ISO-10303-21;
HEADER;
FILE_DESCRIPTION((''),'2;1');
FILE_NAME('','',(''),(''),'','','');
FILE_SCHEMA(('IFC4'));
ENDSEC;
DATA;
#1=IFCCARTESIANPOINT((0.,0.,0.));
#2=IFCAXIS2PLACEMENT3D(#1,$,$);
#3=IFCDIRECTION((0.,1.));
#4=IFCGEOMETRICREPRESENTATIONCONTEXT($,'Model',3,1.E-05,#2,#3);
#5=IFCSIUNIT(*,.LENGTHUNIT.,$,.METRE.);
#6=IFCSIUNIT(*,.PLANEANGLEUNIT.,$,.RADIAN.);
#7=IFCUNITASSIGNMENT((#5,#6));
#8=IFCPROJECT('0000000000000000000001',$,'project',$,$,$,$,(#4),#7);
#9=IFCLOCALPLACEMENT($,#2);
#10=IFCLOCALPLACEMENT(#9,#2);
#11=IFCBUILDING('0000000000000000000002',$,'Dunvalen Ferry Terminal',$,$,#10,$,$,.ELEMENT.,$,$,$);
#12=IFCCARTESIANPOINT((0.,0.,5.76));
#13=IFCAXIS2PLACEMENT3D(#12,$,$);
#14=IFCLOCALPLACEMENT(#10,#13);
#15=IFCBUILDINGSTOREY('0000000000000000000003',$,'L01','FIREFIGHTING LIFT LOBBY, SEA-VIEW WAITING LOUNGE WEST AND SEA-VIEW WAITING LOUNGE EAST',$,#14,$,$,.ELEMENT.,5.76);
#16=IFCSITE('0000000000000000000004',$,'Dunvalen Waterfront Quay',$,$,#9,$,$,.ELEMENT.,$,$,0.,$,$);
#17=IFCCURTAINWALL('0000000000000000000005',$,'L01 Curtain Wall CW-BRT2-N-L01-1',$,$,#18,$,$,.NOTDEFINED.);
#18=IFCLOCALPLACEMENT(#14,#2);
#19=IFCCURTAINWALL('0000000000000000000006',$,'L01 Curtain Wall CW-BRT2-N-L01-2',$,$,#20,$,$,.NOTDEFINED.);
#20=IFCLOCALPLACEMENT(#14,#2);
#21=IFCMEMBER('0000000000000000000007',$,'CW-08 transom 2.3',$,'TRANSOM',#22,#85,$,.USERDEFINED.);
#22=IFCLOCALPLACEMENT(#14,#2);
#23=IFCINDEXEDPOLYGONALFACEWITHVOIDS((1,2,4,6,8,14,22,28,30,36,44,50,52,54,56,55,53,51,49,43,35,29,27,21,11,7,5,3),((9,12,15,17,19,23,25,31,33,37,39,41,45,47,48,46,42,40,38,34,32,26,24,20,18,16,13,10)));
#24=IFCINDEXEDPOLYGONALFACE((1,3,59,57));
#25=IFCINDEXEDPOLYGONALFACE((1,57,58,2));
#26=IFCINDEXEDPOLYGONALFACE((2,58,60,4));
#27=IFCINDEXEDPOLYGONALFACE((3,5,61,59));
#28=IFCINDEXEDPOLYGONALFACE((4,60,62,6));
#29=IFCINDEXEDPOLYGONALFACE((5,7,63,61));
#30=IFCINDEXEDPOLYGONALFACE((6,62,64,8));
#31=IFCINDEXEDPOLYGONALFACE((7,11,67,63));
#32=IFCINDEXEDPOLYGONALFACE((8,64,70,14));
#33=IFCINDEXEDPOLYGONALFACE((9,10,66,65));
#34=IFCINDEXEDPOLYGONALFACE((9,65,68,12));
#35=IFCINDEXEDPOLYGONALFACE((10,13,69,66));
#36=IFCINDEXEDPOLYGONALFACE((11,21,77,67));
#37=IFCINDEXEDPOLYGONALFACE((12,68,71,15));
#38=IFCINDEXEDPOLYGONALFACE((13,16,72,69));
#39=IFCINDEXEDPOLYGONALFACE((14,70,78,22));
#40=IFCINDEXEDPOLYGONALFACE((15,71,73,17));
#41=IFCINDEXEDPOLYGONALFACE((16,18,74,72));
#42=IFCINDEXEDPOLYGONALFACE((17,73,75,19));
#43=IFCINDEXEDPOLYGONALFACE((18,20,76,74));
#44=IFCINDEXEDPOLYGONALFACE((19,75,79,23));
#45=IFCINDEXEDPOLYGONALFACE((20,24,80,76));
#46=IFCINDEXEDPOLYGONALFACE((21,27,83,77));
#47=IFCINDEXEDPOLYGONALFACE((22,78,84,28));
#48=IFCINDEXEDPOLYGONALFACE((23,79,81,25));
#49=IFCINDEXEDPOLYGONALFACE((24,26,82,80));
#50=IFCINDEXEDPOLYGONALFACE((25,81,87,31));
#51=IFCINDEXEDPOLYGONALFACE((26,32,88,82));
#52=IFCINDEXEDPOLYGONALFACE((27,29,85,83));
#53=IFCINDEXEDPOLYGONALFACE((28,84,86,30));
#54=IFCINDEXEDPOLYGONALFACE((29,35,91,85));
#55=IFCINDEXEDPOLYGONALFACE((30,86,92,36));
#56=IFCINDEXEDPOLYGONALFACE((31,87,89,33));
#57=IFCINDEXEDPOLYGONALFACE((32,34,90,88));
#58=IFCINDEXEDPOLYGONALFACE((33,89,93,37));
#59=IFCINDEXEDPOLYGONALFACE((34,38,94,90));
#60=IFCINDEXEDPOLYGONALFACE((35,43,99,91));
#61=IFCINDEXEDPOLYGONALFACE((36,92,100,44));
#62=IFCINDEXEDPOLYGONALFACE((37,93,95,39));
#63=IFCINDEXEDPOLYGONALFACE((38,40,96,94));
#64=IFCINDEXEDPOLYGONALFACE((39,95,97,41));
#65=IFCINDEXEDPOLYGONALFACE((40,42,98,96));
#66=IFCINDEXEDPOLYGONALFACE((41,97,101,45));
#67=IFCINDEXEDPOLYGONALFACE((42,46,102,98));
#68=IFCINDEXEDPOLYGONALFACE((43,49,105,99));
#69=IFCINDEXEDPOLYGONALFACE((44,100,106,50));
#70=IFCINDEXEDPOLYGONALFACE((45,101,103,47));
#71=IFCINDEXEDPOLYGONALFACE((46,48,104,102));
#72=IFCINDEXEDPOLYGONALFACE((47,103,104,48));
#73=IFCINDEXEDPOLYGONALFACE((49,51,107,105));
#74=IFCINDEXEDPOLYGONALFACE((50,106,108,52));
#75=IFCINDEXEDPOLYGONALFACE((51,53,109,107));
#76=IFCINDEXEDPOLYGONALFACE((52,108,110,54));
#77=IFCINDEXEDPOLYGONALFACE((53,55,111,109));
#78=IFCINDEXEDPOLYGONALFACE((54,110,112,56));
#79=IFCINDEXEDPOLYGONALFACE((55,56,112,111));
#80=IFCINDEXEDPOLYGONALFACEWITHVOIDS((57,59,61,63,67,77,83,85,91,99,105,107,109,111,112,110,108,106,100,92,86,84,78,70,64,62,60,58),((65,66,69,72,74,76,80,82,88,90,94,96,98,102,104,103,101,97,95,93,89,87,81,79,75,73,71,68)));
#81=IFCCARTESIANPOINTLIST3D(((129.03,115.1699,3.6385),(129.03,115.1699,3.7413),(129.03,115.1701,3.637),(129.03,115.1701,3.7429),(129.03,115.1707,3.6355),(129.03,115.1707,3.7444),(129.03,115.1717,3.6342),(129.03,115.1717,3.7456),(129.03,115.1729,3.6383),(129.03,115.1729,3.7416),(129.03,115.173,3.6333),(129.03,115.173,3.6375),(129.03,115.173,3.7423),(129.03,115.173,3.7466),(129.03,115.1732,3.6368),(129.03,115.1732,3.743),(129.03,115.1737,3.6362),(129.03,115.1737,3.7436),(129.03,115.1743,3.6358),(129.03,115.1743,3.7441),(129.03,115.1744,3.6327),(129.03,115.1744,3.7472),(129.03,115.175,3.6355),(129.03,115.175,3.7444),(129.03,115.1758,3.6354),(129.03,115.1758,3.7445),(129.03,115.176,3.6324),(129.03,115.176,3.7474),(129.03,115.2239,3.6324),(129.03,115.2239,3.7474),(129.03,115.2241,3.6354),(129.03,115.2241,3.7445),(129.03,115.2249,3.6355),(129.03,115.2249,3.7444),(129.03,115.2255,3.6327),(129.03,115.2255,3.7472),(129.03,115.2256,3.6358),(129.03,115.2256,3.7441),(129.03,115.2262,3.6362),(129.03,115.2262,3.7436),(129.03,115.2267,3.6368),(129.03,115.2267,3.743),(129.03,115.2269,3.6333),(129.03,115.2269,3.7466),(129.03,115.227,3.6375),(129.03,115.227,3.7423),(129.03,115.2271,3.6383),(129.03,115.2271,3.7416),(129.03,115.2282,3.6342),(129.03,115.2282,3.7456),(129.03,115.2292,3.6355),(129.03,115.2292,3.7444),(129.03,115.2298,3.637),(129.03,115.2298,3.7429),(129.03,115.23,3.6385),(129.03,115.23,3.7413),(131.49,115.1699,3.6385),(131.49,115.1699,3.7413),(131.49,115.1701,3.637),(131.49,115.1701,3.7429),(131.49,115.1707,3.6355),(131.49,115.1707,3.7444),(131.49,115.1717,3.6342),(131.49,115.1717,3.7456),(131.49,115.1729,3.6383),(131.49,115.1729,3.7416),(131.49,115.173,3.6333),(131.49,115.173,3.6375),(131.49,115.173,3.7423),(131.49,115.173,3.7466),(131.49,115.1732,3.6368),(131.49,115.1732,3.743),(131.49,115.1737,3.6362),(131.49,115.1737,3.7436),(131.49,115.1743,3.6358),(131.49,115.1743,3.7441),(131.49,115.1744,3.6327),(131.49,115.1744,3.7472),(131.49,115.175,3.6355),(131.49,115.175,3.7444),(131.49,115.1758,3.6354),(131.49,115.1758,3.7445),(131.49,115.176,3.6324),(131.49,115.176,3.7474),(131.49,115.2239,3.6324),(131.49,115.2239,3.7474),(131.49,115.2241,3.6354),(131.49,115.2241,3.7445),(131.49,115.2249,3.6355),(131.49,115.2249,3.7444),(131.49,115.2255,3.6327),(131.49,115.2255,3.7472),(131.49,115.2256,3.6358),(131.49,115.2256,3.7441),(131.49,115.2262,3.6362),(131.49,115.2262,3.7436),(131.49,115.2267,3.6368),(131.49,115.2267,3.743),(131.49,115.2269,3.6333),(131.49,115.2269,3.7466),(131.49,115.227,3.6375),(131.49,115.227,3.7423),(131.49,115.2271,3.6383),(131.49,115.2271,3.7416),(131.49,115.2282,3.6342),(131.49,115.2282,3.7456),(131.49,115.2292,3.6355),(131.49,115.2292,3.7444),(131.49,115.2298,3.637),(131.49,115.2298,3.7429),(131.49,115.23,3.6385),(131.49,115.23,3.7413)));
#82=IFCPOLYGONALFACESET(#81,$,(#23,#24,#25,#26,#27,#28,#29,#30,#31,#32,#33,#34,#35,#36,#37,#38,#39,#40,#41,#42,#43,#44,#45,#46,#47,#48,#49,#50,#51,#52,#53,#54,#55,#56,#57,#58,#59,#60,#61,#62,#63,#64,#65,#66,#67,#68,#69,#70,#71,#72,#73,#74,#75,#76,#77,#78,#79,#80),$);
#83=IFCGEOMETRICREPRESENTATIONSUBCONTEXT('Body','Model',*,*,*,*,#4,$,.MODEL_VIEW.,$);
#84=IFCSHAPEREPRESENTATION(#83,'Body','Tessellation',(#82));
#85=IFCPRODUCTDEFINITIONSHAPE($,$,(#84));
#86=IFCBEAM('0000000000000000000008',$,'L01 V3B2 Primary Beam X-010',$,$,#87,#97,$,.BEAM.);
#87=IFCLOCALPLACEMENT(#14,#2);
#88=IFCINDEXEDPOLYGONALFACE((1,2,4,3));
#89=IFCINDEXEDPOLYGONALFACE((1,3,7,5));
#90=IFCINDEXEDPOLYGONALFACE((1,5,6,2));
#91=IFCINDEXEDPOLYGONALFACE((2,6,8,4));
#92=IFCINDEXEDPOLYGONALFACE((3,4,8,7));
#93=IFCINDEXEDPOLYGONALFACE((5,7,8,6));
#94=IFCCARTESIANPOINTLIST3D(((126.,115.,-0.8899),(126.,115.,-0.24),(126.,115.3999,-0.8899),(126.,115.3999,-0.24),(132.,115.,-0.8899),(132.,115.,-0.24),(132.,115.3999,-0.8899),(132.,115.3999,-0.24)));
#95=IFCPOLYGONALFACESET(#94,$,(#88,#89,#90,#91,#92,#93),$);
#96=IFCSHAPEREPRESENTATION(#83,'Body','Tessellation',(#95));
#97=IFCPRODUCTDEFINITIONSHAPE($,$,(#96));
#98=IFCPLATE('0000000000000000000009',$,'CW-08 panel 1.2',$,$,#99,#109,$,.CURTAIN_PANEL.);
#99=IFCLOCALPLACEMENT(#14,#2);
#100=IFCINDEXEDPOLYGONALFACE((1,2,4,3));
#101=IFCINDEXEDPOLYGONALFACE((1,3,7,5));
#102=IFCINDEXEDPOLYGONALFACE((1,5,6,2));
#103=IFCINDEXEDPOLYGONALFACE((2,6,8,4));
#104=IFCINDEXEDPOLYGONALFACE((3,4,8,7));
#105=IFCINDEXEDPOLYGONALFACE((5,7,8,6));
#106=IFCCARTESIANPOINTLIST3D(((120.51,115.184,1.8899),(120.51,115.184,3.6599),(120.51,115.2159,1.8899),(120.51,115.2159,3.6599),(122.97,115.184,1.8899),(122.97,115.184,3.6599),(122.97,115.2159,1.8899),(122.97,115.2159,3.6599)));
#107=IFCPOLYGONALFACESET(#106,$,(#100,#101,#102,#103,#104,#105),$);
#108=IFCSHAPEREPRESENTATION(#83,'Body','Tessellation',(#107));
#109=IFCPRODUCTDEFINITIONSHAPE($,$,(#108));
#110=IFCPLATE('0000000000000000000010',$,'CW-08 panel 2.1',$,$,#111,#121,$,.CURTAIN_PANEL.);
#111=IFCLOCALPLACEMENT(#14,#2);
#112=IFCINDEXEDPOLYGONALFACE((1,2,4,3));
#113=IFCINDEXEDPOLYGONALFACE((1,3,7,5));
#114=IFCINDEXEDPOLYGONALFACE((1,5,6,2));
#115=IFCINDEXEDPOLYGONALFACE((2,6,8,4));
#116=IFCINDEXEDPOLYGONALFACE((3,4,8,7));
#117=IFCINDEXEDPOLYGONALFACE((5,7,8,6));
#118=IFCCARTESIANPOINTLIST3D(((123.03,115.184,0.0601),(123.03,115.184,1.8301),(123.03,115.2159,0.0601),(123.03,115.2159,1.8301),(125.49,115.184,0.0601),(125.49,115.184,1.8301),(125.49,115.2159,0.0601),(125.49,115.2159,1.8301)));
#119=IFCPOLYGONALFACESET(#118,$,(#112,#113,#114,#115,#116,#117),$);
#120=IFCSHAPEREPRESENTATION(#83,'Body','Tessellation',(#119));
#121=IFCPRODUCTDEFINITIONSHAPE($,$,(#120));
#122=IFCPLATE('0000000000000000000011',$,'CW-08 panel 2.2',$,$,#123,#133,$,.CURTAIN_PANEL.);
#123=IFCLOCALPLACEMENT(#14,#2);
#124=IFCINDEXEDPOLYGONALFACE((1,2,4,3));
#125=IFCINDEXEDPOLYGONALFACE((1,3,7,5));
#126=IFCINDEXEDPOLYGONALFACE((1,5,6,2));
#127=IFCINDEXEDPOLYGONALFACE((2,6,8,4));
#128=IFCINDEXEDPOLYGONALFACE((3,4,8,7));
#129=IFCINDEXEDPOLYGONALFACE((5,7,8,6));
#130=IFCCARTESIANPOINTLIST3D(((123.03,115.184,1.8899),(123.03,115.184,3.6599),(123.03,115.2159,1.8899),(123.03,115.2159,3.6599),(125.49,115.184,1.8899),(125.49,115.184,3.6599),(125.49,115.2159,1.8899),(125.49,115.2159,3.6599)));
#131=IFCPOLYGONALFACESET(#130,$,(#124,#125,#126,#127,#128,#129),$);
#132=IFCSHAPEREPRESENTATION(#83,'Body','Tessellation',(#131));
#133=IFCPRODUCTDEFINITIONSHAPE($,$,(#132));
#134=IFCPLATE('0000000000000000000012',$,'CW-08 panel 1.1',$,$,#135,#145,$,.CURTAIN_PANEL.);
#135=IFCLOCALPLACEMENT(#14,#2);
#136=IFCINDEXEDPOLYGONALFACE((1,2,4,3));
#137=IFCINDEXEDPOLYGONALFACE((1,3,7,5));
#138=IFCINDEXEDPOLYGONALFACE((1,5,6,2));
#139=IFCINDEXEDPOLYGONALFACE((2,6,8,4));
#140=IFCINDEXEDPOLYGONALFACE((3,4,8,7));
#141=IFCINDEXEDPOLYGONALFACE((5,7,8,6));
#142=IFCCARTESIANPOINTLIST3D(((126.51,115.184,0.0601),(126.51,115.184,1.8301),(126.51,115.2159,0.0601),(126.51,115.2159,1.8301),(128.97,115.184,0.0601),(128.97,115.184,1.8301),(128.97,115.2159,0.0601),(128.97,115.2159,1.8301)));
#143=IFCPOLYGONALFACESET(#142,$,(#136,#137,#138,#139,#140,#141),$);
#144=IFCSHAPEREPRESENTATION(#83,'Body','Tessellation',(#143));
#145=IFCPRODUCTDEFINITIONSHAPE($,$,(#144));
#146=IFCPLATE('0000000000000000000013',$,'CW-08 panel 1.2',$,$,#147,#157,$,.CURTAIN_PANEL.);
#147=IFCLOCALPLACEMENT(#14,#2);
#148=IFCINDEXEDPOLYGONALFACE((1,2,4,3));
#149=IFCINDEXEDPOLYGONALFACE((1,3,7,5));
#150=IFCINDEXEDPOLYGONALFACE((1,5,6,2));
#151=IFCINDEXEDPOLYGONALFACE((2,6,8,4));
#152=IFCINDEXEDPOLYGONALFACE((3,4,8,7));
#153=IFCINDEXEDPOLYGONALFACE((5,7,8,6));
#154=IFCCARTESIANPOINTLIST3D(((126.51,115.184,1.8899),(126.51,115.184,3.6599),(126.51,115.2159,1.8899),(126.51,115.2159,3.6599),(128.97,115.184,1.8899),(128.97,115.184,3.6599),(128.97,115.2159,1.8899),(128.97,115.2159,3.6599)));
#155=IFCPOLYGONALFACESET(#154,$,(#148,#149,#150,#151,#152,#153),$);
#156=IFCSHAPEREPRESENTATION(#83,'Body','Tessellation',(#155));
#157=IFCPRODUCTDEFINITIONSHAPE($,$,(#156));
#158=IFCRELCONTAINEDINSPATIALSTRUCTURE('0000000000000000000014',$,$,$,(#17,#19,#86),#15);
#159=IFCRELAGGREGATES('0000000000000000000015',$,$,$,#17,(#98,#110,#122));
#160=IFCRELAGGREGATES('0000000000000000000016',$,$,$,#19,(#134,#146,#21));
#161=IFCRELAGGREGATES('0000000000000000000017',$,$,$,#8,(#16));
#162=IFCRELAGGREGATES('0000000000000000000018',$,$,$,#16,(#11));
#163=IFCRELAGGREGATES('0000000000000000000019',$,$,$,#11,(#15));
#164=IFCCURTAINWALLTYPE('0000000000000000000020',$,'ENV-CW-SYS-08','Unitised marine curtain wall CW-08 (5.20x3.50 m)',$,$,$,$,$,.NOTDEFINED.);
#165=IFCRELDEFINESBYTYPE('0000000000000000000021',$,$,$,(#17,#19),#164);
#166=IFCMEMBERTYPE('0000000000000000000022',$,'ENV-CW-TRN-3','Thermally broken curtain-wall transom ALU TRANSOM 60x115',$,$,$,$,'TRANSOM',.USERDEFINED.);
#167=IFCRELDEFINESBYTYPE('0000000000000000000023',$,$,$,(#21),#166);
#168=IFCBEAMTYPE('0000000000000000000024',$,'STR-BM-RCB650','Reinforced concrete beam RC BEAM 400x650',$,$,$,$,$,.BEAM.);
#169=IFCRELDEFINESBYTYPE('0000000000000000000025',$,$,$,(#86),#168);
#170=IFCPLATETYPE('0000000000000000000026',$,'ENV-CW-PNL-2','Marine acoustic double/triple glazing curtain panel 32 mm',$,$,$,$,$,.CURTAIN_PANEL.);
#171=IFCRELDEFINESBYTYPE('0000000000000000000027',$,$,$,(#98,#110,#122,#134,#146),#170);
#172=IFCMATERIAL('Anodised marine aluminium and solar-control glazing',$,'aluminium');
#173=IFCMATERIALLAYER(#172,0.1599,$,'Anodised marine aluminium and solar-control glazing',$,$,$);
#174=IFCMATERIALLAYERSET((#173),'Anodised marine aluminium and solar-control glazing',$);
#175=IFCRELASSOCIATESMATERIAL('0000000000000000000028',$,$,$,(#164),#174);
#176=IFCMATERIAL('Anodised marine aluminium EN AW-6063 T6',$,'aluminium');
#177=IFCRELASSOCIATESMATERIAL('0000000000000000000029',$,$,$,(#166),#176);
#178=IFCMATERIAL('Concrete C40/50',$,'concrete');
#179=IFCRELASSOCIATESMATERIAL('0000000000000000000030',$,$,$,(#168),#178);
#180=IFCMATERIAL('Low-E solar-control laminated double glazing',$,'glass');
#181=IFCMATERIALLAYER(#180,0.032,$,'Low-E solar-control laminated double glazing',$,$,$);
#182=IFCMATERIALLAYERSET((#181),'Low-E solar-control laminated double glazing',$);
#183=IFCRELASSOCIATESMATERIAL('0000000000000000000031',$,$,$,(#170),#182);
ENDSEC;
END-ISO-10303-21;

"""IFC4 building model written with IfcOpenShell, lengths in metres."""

from ifc_helpers import new_model, si_unit, direction, frame, origin, origin_2d, place, context, subcontext, project, spatial, rectangle, hollow_rectangle, extrude, material, layer, layer_set, material_profile, profile_set, type_object, element, aggregate, save


model = new_model("IFC4")

# Units and contexts
model_context = context("Model", 3, precision=1e-05, world=origin(), true_north=direction((0.0, 1.0)))
body_context = subcontext(model_context, "Body", "Model", "MODEL_VIEW")
ifc_project = project(units=[si_unit("LENGTHUNIT", "METRE"), si_unit("PLANEANGLEUNIT", "RADIAN")], contexts=[model_context])

# Site, building, storey
site_placement = place(None, origin())
site = spatial("IfcSite", under=ifc_project, at=site_placement, Name="Dunvalen Waterfront Quay", CompositionType="ELEMENT", RefElevation=0.0)
building_placement = place(site_placement, origin())
building = spatial("IfcBuilding", under=site, at=building_placement, Name="Dunvalen Ferry Terminal", CompositionType="ELEMENT")
storey_placement = place(building_placement, frame((0.0, 0.0, 5.76)))
storey = spatial("IfcBuildingStorey", under=building, at=storey_placement, Name="L01", Description="FIREFIGHTING LIFT LOBBY, SEA-VIEW WAITING LOUNGE WEST AND SEA-VIEW WAITING LOUNGE EAST", CompositionType="ELEMENT", Elevation=5.76)

# Curtain walls
ifc_material_1 = material(Name="Anodised marine aluminium and solar-control glazing", Category="aluminium")
ifc_layer_1 = layer(ifc_material_1, 0.1599, Name="Anodised marine aluminium and solar-control glazing")
ifc_layer_set_1 = layer_set([ifc_layer_1], Name="Anodised marine aluminium and solar-control glazing")
curtain_wall_type = type_object("IfcCurtainWallType", Name="ENV-CW-SYS-08", Description="Unitised marine curtain wall CW-08 (5.20x3.50 m)", PredefinedType="NOTDEFINED", material=ifc_layer_set_1)
curtain_wall_1_placement = place(storey_placement, origin())
curtain_wall_1 = element("IfcCurtainWall", 1, at=curtain_wall_1_placement, inside=storey, type_object=curtain_wall_type, Name="L01 Curtain Wall CW-BRT2-N-L01-1", PredefinedType="NOTDEFINED")
ifc_material_2 = material(Name="Anodised marine aluminium EN AW-6063 T6", Category="aluminium")
curtain_wall_2_placement = place(storey_placement, origin())
curtain_wall_2 = element("IfcCurtainWall", 2, at=curtain_wall_2_placement, inside=storey, type_object=curtain_wall_type, Name="L01 Curtain Wall CW-BRT2-N-L01-2", PredefinedType="NOTDEFINED")

# Member
ifc_material_profile_1 = material_profile(ifc_material_2, hollow_rectangle(XDim=0.0601, YDim=0.115, WallThickness=0.0029, InnerFilletRadius=0.0029, OuterFilletRadius=0.0061, at=origin_2d()), Name="Anodised marine aluminium EN AW-6063 T6")
ifc_profile_set_1 = profile_set([ifc_material_profile_1], Name="Anodised marine aluminium EN AW-6063 T6")
member_type_1 = type_object("IfcMemberType", Name="ENV-CW-TRN-3", Description="Thermally broken curtain-wall transom ALU TRANSOM 60x115", ElementType="TRANSOM", PredefinedType="USERDEFINED", material=ifc_profile_set_1)
member_1_placement = place(storey_placement, frame((129.03, 115.2, 3.6899), z_axis=(1.0, 0.0, 0.0), x_axis=(0.0, 1.0, 0.0)))
member_1 = element("IfcMember", 3, at=member_1_placement, type_object=member_type_1, Name="CW-08 transom 2.3", ObjectType="TRANSOM", PredefinedType="USERDEFINED", context=body_context, shape_type="SweptSolid", body=[
    extrude(hollow_rectangle(XDim=0.0601, YDim=0.115, WallThickness=0.0029, InnerFilletRadius=0.0029, OuterFilletRadius=0.0061, at=origin_2d()), origin(), (0.0, 0.0, 1.0), 2.46),
])

# Beam
ifc_material_3 = material(Name="Concrete C40/50", Category="concrete")
ifc_material_profile_2 = material_profile(ifc_material_3, rectangle(XDim=0.3999, YDim=0.6499, at=origin_2d()), Name="Concrete C40/50")
ifc_profile_set_2 = profile_set([ifc_material_profile_2], Name="Concrete C40/50")
beam_type = type_object("IfcBeamType", Name="STR-BM-RCB650", Description="Reinforced concrete beam RC BEAM 400x650", PredefinedType="BEAM", material=ifc_profile_set_2)
beam_placement = place(storey_placement, frame((126.0, 115.2, -0.5649), z_axis=(1.0, 0.0, 0.0), x_axis=(0.0, 1.0, 0.0)))
element("IfcBeam", 4, at=beam_placement, inside=storey, type_object=beam_type, Name="L01 V3B2 Primary Beam X-010", PredefinedType="BEAM", context=body_context, shape_type="SweptSolid", body=[
    extrude(rectangle(XDim=0.3999, YDim=0.6499, at=origin_2d()), origin(), (0.0, 0.0, 1.0), 6.0),
])

# Plates
ifc_material_4 = material(Name="Low-E solar-control laminated double glazing", Category="glass")
ifc_layer_2 = layer(ifc_material_4, 0.032, Name="Low-E solar-control laminated double glazing")
ifc_layer_set_2 = layer_set([ifc_layer_2], Name="Low-E solar-control laminated double glazing")
plate_type = type_object("IfcPlateType", Name="ENV-CW-PNL-2", Description="Marine acoustic double/triple glazing curtain panel 32 mm", PredefinedType="CURTAIN_PANEL", material=ifc_layer_set_2)
plate_1_placement = place(storey_placement, frame((121.74, 115.2, 1.8899), z_axis=(0.0, 0.0, 1.0), x_axis=(1.0, 0.0, 0.0)))
plate_1 = element("IfcPlate", 5, at=plate_1_placement, type_object=plate_type, Name="CW-08 panel 1.2", PredefinedType="CURTAIN_PANEL", context=body_context, shape_type="SweptSolid", body=[
    extrude(rectangle(XDim=2.46, YDim=0.032, at=origin_2d()), origin(), (0.0, 0.0, 1.0), 1.77),
])
plate_2_placement = place(storey_placement, frame((124.26, 115.2, 0.0601), z_axis=(0.0, 0.0, 1.0), x_axis=(1.0, 0.0, 0.0)))
plate_2 = element("IfcPlate", 6, at=plate_2_placement, type_object=plate_type, Name="CW-08 panel 2.1", PredefinedType="CURTAIN_PANEL", context=body_context, shape_type="SweptSolid", body=[
    extrude(rectangle(XDim=2.46, YDim=0.032, at=origin_2d()), origin(), (0.0, 0.0, 1.0), 1.77),
])
plate_3_placement = place(storey_placement, frame((124.26, 115.2, 1.8899), z_axis=(0.0, 0.0, 1.0), x_axis=(1.0, 0.0, 0.0)))
plate_3 = element("IfcPlate", 7, at=plate_3_placement, type_object=plate_type, Name="CW-08 panel 2.2", PredefinedType="CURTAIN_PANEL", context=body_context, shape_type="SweptSolid", body=[
    extrude(rectangle(XDim=2.46, YDim=0.032, at=origin_2d()), origin(), (0.0, 0.0, 1.0), 1.77),
])
aggregate(curtain_wall_1, [plate_1, plate_2, plate_3])
plate_4_placement = place(storey_placement, frame((127.74, 115.2, 0.0601), z_axis=(0.0, 0.0, 1.0), x_axis=(1.0, 0.0, 0.0)))
plate_4 = element("IfcPlate", 8, at=plate_4_placement, type_object=plate_type, Name="CW-08 panel 1.1", PredefinedType="CURTAIN_PANEL", context=body_context, shape_type="SweptSolid", body=[
    extrude(rectangle(XDim=2.46, YDim=0.032, at=origin_2d()), origin(), (0.0, 0.0, 1.0), 1.77),
])
plate_5_placement = place(storey_placement, frame((127.74, 115.2, 1.8899), z_axis=(0.0, 0.0, 1.0), x_axis=(1.0, 0.0, 0.0)))
plate_5 = element("IfcPlate", 9, at=plate_5_placement, type_object=plate_type, Name="CW-08 panel 1.2", PredefinedType="CURTAIN_PANEL", context=body_context, shape_type="SweptSolid", body=[
    extrude(rectangle(XDim=2.46, YDim=0.032, at=origin_2d()), origin(), (0.0, 0.0, 1.0), 1.77),
])
aggregate(curtain_wall_2, [plate_4, plate_5, member_1])

save(model, "model.ifc")
